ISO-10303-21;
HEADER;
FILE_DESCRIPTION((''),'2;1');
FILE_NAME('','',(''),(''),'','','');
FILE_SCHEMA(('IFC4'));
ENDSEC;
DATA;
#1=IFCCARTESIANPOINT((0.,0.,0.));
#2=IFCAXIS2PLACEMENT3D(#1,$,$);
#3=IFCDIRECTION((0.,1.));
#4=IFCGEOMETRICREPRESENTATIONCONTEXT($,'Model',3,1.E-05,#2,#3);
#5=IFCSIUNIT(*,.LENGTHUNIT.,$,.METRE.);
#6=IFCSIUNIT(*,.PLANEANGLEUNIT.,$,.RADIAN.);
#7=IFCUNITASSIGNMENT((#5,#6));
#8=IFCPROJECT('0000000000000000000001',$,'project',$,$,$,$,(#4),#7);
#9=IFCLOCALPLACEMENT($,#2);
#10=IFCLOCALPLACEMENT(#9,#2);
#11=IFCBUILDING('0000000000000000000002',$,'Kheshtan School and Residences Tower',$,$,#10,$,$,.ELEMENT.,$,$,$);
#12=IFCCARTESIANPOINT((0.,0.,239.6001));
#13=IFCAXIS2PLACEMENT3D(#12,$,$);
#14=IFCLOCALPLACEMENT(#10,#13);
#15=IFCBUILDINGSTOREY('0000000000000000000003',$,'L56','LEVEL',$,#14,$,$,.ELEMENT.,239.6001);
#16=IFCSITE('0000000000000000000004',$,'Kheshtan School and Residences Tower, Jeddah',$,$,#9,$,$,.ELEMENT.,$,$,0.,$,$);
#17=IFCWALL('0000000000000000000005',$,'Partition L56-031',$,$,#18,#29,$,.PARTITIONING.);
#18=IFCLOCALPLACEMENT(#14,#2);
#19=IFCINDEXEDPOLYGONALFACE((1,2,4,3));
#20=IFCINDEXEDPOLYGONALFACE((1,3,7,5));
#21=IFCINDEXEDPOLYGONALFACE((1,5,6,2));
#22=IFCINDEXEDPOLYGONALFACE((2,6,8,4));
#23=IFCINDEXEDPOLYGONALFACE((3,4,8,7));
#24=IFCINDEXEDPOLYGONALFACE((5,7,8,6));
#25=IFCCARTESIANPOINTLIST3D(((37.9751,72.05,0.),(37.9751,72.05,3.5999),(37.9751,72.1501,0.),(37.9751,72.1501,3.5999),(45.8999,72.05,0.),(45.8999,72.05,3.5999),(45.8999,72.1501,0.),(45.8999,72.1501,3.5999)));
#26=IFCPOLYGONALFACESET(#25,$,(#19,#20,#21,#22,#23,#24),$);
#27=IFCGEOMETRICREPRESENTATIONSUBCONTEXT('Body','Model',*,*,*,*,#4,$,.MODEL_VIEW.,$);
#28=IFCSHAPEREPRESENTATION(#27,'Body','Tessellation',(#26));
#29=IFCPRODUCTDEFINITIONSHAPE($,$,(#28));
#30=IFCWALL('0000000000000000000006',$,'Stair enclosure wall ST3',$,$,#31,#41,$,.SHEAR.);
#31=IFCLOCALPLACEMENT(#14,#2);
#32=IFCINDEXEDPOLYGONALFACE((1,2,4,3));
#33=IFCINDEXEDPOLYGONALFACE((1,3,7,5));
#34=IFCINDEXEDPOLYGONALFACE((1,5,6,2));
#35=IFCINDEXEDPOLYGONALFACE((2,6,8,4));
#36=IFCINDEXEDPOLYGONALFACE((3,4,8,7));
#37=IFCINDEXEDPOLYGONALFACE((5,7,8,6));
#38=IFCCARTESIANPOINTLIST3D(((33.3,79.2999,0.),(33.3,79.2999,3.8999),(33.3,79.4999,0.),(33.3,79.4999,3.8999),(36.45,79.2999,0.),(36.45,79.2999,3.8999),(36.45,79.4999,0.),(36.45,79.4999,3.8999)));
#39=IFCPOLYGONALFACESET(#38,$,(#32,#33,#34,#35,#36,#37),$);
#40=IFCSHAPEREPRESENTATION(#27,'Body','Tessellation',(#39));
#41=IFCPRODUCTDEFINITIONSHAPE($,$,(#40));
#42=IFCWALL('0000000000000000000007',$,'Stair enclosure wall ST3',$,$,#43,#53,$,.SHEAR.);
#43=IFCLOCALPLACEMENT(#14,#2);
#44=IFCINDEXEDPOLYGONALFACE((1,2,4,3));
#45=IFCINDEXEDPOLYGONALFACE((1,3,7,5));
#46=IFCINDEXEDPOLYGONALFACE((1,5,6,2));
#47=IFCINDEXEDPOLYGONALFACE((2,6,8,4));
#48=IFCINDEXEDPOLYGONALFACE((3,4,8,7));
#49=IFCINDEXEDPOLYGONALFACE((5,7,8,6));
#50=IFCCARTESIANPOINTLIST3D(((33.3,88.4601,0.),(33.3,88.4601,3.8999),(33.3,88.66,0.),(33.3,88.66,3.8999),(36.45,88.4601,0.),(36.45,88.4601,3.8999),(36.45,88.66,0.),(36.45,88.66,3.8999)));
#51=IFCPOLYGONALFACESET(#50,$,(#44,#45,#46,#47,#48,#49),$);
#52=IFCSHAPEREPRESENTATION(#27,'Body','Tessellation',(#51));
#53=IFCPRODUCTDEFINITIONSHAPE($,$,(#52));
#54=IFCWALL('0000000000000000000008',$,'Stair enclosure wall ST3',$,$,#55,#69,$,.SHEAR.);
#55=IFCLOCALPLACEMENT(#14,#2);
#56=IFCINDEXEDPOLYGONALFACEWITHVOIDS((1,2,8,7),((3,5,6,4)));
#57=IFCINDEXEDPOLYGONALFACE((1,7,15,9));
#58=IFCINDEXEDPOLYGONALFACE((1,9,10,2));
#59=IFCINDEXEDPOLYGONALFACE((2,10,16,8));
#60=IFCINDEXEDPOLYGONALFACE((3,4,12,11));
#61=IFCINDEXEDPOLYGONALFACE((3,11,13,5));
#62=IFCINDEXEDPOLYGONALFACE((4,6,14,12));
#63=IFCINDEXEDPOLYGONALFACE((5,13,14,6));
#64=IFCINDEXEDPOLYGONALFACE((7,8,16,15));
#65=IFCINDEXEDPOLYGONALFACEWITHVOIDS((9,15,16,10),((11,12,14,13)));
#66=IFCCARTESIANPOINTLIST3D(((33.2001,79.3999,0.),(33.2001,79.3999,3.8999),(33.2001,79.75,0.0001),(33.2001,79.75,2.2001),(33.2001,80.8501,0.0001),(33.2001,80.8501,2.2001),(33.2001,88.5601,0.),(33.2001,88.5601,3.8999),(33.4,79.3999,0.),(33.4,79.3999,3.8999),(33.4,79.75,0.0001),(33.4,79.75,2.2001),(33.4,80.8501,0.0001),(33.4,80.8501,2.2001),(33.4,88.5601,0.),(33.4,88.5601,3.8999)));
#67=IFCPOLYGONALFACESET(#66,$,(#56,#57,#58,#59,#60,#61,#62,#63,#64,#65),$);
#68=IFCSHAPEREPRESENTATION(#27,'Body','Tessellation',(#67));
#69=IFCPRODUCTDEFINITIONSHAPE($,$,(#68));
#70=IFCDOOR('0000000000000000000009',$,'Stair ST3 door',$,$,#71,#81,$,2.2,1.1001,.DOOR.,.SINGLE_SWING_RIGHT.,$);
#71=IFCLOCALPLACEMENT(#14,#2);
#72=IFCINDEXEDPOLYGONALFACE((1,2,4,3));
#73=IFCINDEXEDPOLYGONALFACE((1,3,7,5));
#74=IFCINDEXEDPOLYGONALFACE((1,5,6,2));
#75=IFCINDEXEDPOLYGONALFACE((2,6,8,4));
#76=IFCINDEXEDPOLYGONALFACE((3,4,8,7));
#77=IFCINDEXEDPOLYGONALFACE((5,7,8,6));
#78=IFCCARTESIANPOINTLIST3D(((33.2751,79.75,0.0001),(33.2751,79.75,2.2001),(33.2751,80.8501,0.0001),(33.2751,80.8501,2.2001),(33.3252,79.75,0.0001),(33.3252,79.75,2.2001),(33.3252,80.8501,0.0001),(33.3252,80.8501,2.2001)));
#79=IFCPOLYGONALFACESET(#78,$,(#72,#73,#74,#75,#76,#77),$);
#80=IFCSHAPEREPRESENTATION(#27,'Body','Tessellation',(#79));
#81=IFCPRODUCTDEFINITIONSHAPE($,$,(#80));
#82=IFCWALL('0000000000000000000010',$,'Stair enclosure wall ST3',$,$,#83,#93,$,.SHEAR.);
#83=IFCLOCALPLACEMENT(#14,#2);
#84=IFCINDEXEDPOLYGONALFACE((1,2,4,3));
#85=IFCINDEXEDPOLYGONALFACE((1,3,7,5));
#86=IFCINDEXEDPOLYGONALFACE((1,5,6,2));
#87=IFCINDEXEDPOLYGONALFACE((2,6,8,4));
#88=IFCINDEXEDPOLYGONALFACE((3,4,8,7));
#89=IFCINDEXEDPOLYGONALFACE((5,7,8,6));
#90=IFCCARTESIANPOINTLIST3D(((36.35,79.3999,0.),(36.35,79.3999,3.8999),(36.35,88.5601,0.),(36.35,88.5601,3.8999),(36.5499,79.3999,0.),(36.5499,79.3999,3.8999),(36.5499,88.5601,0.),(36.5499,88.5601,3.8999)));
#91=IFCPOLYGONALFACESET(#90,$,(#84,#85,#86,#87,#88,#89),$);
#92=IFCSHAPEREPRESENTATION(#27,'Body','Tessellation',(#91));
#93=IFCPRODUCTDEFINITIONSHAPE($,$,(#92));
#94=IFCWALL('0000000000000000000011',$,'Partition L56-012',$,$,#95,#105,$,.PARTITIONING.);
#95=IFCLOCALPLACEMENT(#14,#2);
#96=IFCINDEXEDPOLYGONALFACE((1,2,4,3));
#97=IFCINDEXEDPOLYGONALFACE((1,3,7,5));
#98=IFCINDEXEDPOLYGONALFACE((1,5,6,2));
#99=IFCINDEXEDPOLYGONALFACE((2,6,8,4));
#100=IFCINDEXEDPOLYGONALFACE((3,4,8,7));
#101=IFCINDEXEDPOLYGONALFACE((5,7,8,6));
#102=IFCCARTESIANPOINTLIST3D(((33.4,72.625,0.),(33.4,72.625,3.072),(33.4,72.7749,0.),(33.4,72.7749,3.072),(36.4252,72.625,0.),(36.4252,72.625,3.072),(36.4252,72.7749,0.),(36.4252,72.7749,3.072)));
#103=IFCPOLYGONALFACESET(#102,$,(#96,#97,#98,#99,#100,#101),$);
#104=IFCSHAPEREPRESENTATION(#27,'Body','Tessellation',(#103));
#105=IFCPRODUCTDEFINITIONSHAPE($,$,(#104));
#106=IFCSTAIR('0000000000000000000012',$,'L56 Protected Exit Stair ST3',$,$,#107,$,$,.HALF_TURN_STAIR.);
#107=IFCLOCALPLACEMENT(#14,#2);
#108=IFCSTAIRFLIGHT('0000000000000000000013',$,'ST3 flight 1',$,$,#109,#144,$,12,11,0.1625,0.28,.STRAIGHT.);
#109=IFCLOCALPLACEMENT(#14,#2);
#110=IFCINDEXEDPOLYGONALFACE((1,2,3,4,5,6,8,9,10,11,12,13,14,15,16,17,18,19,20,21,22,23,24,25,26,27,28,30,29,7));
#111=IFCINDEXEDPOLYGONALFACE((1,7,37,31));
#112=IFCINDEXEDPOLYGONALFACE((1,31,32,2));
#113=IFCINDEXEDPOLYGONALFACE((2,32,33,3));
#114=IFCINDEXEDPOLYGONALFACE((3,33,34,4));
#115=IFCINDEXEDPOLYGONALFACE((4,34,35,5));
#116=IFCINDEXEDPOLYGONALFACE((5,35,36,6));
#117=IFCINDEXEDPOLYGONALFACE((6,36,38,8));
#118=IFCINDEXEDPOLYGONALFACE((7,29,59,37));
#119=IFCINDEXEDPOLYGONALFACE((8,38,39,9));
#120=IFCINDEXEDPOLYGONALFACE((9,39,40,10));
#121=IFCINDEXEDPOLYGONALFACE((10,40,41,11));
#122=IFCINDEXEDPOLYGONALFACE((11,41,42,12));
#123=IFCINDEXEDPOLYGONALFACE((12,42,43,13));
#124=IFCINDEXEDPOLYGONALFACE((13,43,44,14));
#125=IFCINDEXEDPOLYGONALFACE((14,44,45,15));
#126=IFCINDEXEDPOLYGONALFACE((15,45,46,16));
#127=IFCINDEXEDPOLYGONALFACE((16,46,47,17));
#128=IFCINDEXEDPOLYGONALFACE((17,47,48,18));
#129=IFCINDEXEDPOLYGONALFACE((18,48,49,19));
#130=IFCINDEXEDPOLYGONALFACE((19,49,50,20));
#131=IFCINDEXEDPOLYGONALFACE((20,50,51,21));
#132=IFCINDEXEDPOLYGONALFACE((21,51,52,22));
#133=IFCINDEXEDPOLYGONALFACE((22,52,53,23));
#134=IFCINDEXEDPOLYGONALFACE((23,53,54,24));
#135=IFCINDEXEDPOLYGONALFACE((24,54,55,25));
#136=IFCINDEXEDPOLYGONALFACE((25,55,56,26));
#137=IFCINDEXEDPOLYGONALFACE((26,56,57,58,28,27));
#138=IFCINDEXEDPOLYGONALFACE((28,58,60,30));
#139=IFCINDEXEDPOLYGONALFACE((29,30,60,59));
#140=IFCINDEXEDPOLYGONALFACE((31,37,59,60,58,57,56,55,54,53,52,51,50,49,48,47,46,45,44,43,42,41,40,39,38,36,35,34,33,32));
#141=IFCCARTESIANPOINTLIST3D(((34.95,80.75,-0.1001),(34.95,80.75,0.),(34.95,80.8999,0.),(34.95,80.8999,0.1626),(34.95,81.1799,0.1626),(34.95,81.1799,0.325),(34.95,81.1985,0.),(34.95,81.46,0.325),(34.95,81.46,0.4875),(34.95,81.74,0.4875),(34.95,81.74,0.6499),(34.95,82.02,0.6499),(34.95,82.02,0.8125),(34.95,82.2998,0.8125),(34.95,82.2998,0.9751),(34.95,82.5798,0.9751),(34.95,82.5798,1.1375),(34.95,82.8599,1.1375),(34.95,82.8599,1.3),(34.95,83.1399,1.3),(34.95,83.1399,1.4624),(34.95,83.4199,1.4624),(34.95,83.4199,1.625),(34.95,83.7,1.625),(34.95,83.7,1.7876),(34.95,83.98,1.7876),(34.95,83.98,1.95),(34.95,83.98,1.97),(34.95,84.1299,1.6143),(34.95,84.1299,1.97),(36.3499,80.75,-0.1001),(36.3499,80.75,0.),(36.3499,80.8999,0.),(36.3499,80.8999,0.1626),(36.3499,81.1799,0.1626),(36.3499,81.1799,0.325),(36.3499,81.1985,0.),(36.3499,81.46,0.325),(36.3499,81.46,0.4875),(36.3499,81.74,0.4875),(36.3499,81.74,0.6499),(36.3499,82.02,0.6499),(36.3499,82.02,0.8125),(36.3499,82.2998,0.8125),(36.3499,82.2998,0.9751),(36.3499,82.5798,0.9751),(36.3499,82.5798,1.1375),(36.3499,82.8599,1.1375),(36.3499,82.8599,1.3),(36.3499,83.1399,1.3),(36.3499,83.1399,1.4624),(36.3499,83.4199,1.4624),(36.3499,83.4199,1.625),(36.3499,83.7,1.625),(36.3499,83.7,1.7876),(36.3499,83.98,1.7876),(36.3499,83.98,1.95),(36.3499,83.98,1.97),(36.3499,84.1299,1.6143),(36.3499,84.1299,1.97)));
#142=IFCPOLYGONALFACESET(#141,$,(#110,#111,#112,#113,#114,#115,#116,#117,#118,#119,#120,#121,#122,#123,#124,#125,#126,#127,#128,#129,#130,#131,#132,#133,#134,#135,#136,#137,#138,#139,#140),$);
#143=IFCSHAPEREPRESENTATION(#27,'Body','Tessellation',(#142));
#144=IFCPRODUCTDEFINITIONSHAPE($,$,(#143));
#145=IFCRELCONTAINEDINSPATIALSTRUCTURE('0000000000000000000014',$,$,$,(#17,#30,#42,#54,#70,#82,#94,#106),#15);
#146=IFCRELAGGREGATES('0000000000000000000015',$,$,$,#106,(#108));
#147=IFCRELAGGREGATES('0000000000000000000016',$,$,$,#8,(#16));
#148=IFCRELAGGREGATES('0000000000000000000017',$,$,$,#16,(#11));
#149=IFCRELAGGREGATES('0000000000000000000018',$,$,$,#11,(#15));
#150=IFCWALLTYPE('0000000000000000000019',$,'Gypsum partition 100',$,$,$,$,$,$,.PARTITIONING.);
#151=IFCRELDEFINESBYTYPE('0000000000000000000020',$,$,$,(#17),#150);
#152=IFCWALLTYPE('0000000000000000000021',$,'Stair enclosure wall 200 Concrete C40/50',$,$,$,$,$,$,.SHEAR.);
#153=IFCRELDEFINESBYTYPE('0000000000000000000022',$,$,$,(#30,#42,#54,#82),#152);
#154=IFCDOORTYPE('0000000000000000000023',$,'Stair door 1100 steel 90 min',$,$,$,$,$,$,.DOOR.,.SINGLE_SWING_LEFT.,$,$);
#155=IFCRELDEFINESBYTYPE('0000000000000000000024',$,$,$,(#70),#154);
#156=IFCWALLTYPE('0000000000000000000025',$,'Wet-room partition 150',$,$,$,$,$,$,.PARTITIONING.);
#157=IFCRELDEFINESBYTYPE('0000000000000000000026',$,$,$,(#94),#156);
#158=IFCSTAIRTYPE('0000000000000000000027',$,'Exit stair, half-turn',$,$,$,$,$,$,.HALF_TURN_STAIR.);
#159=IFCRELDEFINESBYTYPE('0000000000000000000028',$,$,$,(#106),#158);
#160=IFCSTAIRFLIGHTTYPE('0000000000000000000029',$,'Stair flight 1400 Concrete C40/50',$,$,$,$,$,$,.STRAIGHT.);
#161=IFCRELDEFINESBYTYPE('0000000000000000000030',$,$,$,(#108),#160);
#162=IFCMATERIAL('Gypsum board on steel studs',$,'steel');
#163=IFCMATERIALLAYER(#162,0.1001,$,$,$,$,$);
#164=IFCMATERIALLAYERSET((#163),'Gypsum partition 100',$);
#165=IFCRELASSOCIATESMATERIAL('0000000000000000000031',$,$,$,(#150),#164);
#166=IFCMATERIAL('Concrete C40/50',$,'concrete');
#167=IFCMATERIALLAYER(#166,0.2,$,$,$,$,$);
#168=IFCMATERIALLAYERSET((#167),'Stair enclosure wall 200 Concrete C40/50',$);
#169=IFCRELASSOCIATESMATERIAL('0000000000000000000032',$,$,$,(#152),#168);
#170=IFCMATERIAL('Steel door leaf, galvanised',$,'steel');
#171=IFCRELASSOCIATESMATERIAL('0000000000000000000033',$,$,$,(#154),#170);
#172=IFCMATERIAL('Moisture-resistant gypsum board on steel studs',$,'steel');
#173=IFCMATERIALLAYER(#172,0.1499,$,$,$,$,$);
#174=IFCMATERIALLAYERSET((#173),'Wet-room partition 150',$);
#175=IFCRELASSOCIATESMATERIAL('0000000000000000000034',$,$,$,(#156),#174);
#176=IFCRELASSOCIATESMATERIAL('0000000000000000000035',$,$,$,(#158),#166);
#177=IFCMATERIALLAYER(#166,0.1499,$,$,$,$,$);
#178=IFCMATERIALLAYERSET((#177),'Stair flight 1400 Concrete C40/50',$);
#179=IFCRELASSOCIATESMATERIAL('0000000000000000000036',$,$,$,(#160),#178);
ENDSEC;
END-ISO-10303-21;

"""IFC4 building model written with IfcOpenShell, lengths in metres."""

from ifc_helpers import new_model, si_unit, direction, frame, frame_2d, origin, place, context, subcontext, project, spatial, polyline, rectangle, outline, extrude, source, transform, mapped, material, layer, layer_set, type_object, element, fill, aggregate, save


model = new_model("IFC4")

# Units and contexts
model_context = context("Model", 3, precision=1e-05, world=origin(), true_north=direction((0.0, 1.0)))
body_context = subcontext(model_context, "Body", "Model", "MODEL_VIEW")
ifc_project = project(units=[si_unit("LENGTHUNIT", "METRE"), si_unit("PLANEANGLEUNIT", "RADIAN")], contexts=[model_context])

# Site, building, storey
site_placement = place(None, origin())
site = spatial("IfcSite", under=ifc_project, at=site_placement, Name="Kheshtan School and Residences Tower, Jeddah", CompositionType="ELEMENT", RefElevation=0.0)
building_placement = place(site_placement, origin())
building = spatial("IfcBuilding", under=site, at=building_placement, Name="Kheshtan School and Residences Tower", CompositionType="ELEMENT")
storey_placement = place(building_placement, frame((0.0, 0.0, 239.6001)))
storey = spatial("IfcBuildingStorey", under=building, at=storey_placement, Name="L56", Description="LEVEL", CompositionType="ELEMENT", Elevation=239.6001)

# Walls
ifc_material_1 = material(Name="Gypsum board on steel studs", Category="steel")
ifc_layer_1 = layer(ifc_material_1, 0.1001)
ifc_layer_set_1 = layer_set([ifc_layer_1], Name="Gypsum partition 100")
wall_type_1 = type_object("IfcWallType", Name="Gypsum partition 100", PredefinedType="PARTITIONING", material=ifc_layer_set_1)
wall_1_placement = place(storey_placement, frame((37.9751, 72.1001, 0.0), z_axis=(0.0, 0.0, 1.0), x_axis=(1.0, 0.0, 0.0)))
element("IfcWall", 1, at=wall_1_placement, inside=storey, type_object=wall_type_1, Name="Partition L56-031", PredefinedType="PARTITIONING", context=body_context, shape_type="SweptSolid", body=[
    extrude(rectangle(XDim=7.9248, YDim=0.1001, at=frame_2d((3.9624, 0.0))), origin(), (0.0, 0.0, 1.0), 3.5999),
])
ifc_material_2 = material(Name="Concrete C40/50", Category="concrete")
ifc_layer_2 = layer(ifc_material_2, 0.2)
ifc_layer_set_2 = layer_set([ifc_layer_2], Name="Stair enclosure wall 200 Concrete C40/50")
wall_type_2 = type_object("IfcWallType", Name="Stair enclosure wall 200 Concrete C40/50", PredefinedType="SHEAR", material=ifc_layer_set_2)
for number, where, z_axis, x_axis, name in (
    (2, (33.3, 79.3999, 0.0), (0.0, 0.0, 1.0), (1.0, 0.0, 0.0), "Stair enclosure wall ST3"),
    (3, (33.3, 88.5601, 0.0), (0.0, 0.0, 1.0), (1.0, 0.0, 0.0), "Stair enclosure wall ST3"),
):
    element("IfcWall", number, at=place(storey_placement, frame(where, z_axis=z_axis, x_axis=x_axis)), inside=storey, type_object=wall_type_2, Name=name, PredefinedType="SHEAR", context=body_context, shape_type="SweptSolid", body=[
        extrude(rectangle(XDim=3.1499, YDim=0.2, at=frame_2d((1.575, 0.0))), origin(), (0.0, 0.0, 1.0), 3.8999),
    ])

# Wall, opening, door
wall_2_placement = place(storey_placement, frame((33.3, 79.3999, 0.0), z_axis=(0.0, 0.0, 1.0), x_axis=(0.0, 1.0, 0.0)))
wall_2 = element("IfcWall", 4, at=wall_2_placement, inside=storey, type_object=wall_type_2, Name="Stair enclosure wall ST3", PredefinedType="SHEAR", context=body_context, shape_type="SweptSolid", body=[
    extrude(rectangle(XDim=9.1602, YDim=0.2, at=frame_2d((4.5801, 0.0))), origin(), (0.0, 0.0, 1.0), 3.8999),
])
opening_1_placement = place(wall_2_placement, frame((0.3501, 0.0, 0.0)))
opening_1 = element("IfcOpeningElement", 5, at=opening_1_placement, cuts=wall_2, PredefinedType="OPENING", context=body_context, shape_type="SweptSolid", body=[
    extrude(rectangle(XDim=1.1001, YDim=2.2, at=frame_2d((0.55, 1.1001))), frame((0.0, 0.1099, 0.0), z_axis=(0.0, -1.0, 0.0), x_axis=(1.0, 0.0, 0.0)), (0.0, 0.0, 1.0), 0.22),
])
ifc_material_3 = material(Name="Steel door leaf, galvanised", Category="steel")
door_type_1 = type_object("IfcDoorType", Name="Stair door 1100 steel 90 min", OperationType="SINGLE_SWING_LEFT", PredefinedType="DOOR", material=ifc_material_3)
shared_shape_1 = source(origin(), body_context, "Body", "SweptSolid", [
    extrude(rectangle(XDim=1.1001, YDim=2.2, at=frame_2d((0.55, 1.1001))), frame((0.0, 0.0249, 0.0), z_axis=(0.0, -1.0, 0.0), x_axis=(1.0, 0.0, 0.0)), (0.0, 0.0, 1.0), 0.05),
])
door_1_placement = place(opening_1_placement, origin())
door_1 = element("IfcDoor", 6, at=door_1_placement, inside=storey, type_object=door_type_1, Name="Stair ST3 door", OperationType="SINGLE_SWING_RIGHT", OverallHeight=2.2, OverallWidth=1.1001, PredefinedType="DOOR", context=body_context, shape_type="MappedRepresentation", body=[
    mapped(shared_shape_1, transform((0.0, 0.0, 0.0), x_axis=(1.0, 0.0, 0.0), y_axis=(0.0, 1.0, 0.0), z_axis=(0.0, 0.0, 1.0), scale=1.0)),
])
fill(opening_1, door_1)

# Walls
wall_3_placement = place(storey_placement, frame((36.45, 79.3999, 0.0), z_axis=(0.0, 0.0, 1.0), x_axis=(0.0, 1.0, 0.0)))
element("IfcWall", 7, at=wall_3_placement, inside=storey, type_object=wall_type_2, Name="Stair enclosure wall ST3", PredefinedType="SHEAR", context=body_context, shape_type="SweptSolid", body=[
    extrude(rectangle(XDim=9.1602, YDim=0.2, at=frame_2d((4.5801, 0.0))), origin(), (0.0, 0.0, 1.0), 3.8999),
])
ifc_material_4 = material(Name="Moisture-resistant gypsum board on steel studs", Category="steel")
ifc_layer_3 = layer(ifc_material_4, 0.1499)
ifc_layer_set_3 = layer_set([ifc_layer_3], Name="Wet-room partition 150")
wall_type_3 = type_object("IfcWallType", Name="Wet-room partition 150", PredefinedType="PARTITIONING", material=ifc_layer_set_3)
wall_4_placement = place(storey_placement, frame((33.3999, 72.7, 0.0), z_axis=(0.0, 0.0, 1.0), x_axis=(1.0, 0.0, 0.0)))
element("IfcWall", 8, at=wall_4_placement, inside=storey, type_object=wall_type_3, Name="Partition L56-012", PredefinedType="PARTITIONING", context=body_context, shape_type="SweptSolid", body=[
    extrude(rectangle(XDim=3.0251, YDim=0.1499, at=frame_2d((1.5127, 0.0))), origin(), (0.0, 0.0, 1.0), 3.072),
])

# Stair, stair flight
stair_type = type_object("IfcStairType", Name="Exit stair, half-turn", PredefinedType="HALF_TURN_STAIR", material=ifc_material_2)
stair_placement = place(storey_placement, origin())
stair = element("IfcStair", 9, at=stair_placement, inside=storey, type_object=stair_type, Name="L56 Protected Exit Stair ST3", PredefinedType="HALF_TURN_STAIR")
ifc_layer_4 = layer(ifc_material_2, 0.1499)
ifc_layer_set_4 = layer_set([ifc_layer_4], Name="Stair flight 1400 Concrete C40/50")
stair_flight_type = type_object("IfcStairFlightType", Name="Stair flight 1400 Concrete C40/50", PredefinedType="STRAIGHT", material=ifc_layer_set_4)
stair_flight_1_placement = place(storey_placement, frame((35.6499, 80.8999, 0.0), z_axis=(0.0, 0.0, 1.0), x_axis=(0.0, 1.0, 0.0)))
stair_flight_1 = element("IfcStairFlight", 10, at=stair_flight_1_placement, type_object=stair_flight_type, Name="ST3 flight 1", NumberOfRisers=12, NumberOfTreads=11, PredefinedType="STRAIGHT", RiserHeight=0.1625, TreadLength=0.28, context=body_context, shape_type="SweptSolid", body=[
    extrude(outline(polyline([(-0.1499, -0.1001), (-0.1499, 0.0), (0.0, 0.0), (0.0, 0.1626), (0.28, 0.1626), (0.28, 0.325), (0.5601, 0.325), (0.5601, 0.4875), (0.8401, 0.4875), (0.8401, 0.6499), (1.1201, 0.6499), (1.1201, 0.8125), (1.3999, 0.8125), (1.3999, 0.9751), (1.6799, 0.9751), (1.6799, 1.1375), (1.96, 1.1375), (1.96, 1.3), (2.24, 1.3), (2.24, 1.4624), (2.52, 1.4624), (2.52, 1.625), (2.8, 1.625), (2.8, 1.7876), (3.0801, 1.7876), (3.0801, 1.95), (3.0801, 1.97), (3.23, 1.97), (3.23, 1.6143), (0.2986, 0.0), (-0.1499, -0.1001)])), frame((0.0, 0.7, 0.0), z_axis=(0.0, -1.0, 0.0), x_axis=(1.0, 0.0, 0.0)), (0.0, 0.0, 1.0), 1.3999),
])
aggregate(stair, [stair_flight_1])

save(model, "model.ifc")
